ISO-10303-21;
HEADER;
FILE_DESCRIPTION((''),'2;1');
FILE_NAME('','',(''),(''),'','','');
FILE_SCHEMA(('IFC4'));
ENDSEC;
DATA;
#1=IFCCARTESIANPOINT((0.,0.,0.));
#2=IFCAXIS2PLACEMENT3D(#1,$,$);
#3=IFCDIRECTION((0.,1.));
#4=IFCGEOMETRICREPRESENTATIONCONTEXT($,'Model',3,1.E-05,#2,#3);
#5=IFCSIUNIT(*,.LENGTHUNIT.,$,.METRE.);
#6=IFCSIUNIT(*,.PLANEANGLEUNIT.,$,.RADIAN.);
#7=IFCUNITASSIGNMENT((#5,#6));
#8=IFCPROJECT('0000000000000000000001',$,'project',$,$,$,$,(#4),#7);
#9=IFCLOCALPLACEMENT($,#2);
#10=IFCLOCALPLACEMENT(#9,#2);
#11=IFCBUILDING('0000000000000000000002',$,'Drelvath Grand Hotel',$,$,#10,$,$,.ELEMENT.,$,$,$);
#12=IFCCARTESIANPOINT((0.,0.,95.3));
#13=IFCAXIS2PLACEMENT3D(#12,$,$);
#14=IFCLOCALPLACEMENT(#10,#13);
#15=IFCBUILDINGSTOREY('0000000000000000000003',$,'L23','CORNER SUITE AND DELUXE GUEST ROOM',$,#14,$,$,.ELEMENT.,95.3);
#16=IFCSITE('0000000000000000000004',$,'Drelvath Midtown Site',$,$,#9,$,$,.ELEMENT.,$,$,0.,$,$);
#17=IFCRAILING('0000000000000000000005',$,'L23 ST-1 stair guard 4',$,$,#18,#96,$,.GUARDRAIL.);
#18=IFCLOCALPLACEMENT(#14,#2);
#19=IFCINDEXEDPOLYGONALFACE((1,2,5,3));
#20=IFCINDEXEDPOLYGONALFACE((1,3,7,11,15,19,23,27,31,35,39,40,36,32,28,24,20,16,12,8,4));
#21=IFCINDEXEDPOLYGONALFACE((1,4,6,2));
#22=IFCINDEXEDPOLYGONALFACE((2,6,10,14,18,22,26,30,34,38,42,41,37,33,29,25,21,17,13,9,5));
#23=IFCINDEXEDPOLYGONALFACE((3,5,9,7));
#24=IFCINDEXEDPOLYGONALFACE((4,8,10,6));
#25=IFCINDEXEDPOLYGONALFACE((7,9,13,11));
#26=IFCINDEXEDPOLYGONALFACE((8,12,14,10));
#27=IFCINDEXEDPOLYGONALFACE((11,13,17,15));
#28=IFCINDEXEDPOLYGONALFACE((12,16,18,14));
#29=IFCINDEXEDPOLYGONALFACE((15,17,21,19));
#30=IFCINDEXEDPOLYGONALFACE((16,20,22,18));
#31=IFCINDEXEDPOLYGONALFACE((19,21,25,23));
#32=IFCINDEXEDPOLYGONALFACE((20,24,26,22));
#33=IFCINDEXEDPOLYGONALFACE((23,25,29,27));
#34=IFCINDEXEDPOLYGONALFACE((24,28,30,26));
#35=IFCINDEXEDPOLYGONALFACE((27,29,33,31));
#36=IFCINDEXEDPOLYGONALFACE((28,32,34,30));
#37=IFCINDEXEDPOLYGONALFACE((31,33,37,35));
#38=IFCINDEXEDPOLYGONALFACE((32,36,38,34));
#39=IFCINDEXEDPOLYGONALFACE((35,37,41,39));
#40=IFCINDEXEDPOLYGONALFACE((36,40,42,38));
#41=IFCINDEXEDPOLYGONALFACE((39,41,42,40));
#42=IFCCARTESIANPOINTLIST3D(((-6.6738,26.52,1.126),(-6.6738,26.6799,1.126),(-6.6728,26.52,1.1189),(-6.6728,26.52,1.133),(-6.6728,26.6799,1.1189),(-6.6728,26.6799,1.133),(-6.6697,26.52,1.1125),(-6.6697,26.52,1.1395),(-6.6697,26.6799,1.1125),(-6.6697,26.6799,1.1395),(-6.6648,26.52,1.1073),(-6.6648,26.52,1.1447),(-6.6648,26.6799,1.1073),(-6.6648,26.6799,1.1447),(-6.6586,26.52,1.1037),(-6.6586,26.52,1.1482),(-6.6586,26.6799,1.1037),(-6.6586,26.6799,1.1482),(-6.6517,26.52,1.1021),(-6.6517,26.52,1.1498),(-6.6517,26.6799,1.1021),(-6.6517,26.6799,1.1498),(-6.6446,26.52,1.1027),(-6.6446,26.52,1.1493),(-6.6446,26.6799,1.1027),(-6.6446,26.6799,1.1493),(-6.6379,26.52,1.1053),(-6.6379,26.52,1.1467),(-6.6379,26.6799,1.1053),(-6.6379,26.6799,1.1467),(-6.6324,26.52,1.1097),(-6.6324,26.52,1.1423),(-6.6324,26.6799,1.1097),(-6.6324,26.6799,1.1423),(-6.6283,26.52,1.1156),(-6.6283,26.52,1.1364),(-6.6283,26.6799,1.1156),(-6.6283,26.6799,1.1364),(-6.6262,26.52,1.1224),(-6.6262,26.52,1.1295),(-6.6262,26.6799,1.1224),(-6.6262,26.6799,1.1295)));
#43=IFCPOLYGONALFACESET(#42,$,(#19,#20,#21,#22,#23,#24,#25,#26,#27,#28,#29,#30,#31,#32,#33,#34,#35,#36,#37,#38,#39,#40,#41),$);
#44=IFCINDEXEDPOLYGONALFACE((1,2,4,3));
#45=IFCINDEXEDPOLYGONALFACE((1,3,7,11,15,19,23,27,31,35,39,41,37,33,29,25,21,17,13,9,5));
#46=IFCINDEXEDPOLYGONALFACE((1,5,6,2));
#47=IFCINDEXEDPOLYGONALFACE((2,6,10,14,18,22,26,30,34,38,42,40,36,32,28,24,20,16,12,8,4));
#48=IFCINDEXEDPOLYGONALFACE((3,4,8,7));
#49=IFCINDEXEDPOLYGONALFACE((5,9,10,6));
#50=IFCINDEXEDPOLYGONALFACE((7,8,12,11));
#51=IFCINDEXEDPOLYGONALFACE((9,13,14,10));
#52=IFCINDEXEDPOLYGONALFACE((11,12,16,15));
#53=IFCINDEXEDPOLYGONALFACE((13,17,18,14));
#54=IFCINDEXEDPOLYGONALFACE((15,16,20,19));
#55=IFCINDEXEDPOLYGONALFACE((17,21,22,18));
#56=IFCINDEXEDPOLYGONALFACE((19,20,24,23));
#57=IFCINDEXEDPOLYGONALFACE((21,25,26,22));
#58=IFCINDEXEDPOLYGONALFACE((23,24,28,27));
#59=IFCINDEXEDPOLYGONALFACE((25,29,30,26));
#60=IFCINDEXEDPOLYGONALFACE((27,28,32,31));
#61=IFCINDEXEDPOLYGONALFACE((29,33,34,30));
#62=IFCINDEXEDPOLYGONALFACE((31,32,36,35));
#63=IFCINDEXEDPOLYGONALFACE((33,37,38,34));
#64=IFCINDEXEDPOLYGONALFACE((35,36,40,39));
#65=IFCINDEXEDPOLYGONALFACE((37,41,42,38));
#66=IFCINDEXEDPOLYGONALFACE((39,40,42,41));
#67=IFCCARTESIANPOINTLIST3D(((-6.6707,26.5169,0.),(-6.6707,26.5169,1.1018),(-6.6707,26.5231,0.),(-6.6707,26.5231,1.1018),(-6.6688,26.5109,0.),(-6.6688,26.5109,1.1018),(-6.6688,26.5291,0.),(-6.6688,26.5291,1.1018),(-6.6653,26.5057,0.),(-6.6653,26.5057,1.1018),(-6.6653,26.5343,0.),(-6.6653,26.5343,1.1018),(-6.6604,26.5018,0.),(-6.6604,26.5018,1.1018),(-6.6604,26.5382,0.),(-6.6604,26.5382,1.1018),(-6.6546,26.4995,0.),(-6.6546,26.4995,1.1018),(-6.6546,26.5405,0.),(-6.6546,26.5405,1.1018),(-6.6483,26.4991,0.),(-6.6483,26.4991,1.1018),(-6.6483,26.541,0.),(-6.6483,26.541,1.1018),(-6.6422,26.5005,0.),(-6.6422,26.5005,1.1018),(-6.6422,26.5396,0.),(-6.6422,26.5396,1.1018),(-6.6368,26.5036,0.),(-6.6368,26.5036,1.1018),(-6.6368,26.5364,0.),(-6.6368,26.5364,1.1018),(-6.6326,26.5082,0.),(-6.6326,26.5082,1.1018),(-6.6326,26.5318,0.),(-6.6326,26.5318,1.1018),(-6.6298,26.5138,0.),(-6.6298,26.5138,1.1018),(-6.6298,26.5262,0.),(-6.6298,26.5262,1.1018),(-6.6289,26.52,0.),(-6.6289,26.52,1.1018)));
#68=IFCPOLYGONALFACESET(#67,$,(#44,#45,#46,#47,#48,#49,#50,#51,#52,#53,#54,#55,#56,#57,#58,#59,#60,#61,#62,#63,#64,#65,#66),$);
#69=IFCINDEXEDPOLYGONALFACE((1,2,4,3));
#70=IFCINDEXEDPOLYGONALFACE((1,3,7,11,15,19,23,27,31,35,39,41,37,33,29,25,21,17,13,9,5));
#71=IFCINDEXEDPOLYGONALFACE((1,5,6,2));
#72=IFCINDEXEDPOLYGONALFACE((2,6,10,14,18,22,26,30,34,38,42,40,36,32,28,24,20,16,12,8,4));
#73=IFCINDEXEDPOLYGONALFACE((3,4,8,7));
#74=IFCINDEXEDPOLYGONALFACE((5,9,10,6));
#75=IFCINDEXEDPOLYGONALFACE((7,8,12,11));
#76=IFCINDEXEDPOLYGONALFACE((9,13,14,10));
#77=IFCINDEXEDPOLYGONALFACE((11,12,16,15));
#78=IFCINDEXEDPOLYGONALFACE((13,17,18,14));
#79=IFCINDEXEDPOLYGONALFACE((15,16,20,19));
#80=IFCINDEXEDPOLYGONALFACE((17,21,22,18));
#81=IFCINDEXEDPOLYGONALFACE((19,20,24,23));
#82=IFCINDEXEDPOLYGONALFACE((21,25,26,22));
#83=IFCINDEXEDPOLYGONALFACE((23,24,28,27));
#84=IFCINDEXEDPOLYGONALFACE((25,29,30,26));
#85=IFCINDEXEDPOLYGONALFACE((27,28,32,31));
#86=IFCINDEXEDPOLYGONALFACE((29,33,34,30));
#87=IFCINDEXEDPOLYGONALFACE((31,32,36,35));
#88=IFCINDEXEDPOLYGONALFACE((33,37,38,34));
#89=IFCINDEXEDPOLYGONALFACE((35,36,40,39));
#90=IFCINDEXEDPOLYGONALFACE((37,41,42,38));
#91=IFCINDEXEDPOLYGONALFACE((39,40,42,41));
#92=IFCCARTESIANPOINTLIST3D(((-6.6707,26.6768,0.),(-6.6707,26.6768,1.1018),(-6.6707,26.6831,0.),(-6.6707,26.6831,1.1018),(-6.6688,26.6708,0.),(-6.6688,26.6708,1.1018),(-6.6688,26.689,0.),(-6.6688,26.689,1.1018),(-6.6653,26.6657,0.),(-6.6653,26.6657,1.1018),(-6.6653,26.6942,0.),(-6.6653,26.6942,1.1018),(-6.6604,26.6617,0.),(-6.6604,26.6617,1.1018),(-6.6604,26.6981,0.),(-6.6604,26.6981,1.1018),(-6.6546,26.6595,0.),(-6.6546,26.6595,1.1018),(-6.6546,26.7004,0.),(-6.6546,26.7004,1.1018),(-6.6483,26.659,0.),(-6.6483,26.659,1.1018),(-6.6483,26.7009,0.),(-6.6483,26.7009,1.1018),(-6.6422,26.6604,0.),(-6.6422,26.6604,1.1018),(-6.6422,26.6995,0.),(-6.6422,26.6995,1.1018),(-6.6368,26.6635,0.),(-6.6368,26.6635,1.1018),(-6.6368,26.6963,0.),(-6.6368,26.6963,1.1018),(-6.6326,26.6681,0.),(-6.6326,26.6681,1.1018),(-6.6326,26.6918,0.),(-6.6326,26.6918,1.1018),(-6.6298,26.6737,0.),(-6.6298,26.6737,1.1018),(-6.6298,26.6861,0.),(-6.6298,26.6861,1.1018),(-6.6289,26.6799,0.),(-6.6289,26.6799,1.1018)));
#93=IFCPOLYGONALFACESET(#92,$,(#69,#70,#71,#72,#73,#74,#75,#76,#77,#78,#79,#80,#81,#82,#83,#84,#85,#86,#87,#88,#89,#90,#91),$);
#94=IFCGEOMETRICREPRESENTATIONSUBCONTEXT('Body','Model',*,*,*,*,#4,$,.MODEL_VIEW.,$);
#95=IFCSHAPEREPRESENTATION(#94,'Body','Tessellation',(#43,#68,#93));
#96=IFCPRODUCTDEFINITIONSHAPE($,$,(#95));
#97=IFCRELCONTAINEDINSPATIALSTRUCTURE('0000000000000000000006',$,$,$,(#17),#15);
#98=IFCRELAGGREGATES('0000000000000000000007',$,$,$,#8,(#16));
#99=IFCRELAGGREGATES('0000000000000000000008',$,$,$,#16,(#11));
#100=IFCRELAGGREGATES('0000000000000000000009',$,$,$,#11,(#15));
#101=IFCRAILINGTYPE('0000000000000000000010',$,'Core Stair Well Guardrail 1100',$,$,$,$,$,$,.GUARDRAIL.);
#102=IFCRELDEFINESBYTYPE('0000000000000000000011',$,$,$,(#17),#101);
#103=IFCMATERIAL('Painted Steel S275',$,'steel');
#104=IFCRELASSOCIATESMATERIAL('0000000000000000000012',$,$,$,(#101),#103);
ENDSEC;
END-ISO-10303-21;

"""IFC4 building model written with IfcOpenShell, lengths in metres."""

from ifc_helpers import new_model, si_unit, direction, frame, origin, origin_2d, place, context, subcontext, project, spatial, circle, extrude, material, type_object, element, save


model = new_model("IFC4")

# Units and contexts
model_context = context("Model", 3, precision=1e-05, world=origin(), true_north=direction((0.0, 1.0)))
body_context = subcontext(model_context, "Body", "Model", "MODEL_VIEW")
ifc_project = project(units=[si_unit("LENGTHUNIT", "METRE"), si_unit("PLANEANGLEUNIT", "RADIAN")], contexts=[model_context])

# Site, building, storey
site_placement = place(None, origin())
site = spatial("IfcSite", under=ifc_project, at=site_placement, Name="Drelvath Midtown Site", CompositionType="ELEMENT", RefElevation=0.0)
building_placement = place(site_placement, origin())
building = spatial("IfcBuilding", under=site, at=building_placement, Name="Drelvath Grand Hotel", CompositionType="ELEMENT")
storey_placement = place(building_placement, frame((0.0, 0.0, 95.3)))
storey = spatial("IfcBuildingStorey", under=building, at=storey_placement, Name="L23", Description="CORNER SUITE AND DELUXE GUEST ROOM", CompositionType="ELEMENT", Elevation=95.3)

# Shared definitions
ifc_material_1 = material(Name="Painted Steel S275", Category="steel")

# Railing
railing_type_1 = type_object("IfcRailingType", Name="Core Stair Well Guardrail 1100", PredefinedType="GUARDRAIL", material=ifc_material_1)
railing_1_placement = place(storey_placement, frame((-6.6499, 26.52, 0.0)))
element("IfcRailing", 1, at=railing_1_placement, inside=storey, type_object=railing_type_1, Name="L23 ST-1 stair guard 4", PredefinedType="GUARDRAIL", context=body_context, shape_type="SweptSolid", body=[
    extrude(circle(Radius=0.0239, at=origin_2d()), frame((0.0, 0.0, 1.126), z_axis=(0.0, 1.0, 0.0), x_axis=(-1.0, 0.0, 0.0)), (0.0, 0.0, 1.0), 0.1599),
    extrude(circle(Radius=0.021, at=origin_2d()), origin(), (0.0, 0.0, 1.0), 1.1018),
    extrude(circle(Radius=0.021, at=origin_2d()), frame((0.0, 0.1599, 0.0)), (0.0, 0.0, 1.0), 1.1018),
])

save(model, "model.ifc")
